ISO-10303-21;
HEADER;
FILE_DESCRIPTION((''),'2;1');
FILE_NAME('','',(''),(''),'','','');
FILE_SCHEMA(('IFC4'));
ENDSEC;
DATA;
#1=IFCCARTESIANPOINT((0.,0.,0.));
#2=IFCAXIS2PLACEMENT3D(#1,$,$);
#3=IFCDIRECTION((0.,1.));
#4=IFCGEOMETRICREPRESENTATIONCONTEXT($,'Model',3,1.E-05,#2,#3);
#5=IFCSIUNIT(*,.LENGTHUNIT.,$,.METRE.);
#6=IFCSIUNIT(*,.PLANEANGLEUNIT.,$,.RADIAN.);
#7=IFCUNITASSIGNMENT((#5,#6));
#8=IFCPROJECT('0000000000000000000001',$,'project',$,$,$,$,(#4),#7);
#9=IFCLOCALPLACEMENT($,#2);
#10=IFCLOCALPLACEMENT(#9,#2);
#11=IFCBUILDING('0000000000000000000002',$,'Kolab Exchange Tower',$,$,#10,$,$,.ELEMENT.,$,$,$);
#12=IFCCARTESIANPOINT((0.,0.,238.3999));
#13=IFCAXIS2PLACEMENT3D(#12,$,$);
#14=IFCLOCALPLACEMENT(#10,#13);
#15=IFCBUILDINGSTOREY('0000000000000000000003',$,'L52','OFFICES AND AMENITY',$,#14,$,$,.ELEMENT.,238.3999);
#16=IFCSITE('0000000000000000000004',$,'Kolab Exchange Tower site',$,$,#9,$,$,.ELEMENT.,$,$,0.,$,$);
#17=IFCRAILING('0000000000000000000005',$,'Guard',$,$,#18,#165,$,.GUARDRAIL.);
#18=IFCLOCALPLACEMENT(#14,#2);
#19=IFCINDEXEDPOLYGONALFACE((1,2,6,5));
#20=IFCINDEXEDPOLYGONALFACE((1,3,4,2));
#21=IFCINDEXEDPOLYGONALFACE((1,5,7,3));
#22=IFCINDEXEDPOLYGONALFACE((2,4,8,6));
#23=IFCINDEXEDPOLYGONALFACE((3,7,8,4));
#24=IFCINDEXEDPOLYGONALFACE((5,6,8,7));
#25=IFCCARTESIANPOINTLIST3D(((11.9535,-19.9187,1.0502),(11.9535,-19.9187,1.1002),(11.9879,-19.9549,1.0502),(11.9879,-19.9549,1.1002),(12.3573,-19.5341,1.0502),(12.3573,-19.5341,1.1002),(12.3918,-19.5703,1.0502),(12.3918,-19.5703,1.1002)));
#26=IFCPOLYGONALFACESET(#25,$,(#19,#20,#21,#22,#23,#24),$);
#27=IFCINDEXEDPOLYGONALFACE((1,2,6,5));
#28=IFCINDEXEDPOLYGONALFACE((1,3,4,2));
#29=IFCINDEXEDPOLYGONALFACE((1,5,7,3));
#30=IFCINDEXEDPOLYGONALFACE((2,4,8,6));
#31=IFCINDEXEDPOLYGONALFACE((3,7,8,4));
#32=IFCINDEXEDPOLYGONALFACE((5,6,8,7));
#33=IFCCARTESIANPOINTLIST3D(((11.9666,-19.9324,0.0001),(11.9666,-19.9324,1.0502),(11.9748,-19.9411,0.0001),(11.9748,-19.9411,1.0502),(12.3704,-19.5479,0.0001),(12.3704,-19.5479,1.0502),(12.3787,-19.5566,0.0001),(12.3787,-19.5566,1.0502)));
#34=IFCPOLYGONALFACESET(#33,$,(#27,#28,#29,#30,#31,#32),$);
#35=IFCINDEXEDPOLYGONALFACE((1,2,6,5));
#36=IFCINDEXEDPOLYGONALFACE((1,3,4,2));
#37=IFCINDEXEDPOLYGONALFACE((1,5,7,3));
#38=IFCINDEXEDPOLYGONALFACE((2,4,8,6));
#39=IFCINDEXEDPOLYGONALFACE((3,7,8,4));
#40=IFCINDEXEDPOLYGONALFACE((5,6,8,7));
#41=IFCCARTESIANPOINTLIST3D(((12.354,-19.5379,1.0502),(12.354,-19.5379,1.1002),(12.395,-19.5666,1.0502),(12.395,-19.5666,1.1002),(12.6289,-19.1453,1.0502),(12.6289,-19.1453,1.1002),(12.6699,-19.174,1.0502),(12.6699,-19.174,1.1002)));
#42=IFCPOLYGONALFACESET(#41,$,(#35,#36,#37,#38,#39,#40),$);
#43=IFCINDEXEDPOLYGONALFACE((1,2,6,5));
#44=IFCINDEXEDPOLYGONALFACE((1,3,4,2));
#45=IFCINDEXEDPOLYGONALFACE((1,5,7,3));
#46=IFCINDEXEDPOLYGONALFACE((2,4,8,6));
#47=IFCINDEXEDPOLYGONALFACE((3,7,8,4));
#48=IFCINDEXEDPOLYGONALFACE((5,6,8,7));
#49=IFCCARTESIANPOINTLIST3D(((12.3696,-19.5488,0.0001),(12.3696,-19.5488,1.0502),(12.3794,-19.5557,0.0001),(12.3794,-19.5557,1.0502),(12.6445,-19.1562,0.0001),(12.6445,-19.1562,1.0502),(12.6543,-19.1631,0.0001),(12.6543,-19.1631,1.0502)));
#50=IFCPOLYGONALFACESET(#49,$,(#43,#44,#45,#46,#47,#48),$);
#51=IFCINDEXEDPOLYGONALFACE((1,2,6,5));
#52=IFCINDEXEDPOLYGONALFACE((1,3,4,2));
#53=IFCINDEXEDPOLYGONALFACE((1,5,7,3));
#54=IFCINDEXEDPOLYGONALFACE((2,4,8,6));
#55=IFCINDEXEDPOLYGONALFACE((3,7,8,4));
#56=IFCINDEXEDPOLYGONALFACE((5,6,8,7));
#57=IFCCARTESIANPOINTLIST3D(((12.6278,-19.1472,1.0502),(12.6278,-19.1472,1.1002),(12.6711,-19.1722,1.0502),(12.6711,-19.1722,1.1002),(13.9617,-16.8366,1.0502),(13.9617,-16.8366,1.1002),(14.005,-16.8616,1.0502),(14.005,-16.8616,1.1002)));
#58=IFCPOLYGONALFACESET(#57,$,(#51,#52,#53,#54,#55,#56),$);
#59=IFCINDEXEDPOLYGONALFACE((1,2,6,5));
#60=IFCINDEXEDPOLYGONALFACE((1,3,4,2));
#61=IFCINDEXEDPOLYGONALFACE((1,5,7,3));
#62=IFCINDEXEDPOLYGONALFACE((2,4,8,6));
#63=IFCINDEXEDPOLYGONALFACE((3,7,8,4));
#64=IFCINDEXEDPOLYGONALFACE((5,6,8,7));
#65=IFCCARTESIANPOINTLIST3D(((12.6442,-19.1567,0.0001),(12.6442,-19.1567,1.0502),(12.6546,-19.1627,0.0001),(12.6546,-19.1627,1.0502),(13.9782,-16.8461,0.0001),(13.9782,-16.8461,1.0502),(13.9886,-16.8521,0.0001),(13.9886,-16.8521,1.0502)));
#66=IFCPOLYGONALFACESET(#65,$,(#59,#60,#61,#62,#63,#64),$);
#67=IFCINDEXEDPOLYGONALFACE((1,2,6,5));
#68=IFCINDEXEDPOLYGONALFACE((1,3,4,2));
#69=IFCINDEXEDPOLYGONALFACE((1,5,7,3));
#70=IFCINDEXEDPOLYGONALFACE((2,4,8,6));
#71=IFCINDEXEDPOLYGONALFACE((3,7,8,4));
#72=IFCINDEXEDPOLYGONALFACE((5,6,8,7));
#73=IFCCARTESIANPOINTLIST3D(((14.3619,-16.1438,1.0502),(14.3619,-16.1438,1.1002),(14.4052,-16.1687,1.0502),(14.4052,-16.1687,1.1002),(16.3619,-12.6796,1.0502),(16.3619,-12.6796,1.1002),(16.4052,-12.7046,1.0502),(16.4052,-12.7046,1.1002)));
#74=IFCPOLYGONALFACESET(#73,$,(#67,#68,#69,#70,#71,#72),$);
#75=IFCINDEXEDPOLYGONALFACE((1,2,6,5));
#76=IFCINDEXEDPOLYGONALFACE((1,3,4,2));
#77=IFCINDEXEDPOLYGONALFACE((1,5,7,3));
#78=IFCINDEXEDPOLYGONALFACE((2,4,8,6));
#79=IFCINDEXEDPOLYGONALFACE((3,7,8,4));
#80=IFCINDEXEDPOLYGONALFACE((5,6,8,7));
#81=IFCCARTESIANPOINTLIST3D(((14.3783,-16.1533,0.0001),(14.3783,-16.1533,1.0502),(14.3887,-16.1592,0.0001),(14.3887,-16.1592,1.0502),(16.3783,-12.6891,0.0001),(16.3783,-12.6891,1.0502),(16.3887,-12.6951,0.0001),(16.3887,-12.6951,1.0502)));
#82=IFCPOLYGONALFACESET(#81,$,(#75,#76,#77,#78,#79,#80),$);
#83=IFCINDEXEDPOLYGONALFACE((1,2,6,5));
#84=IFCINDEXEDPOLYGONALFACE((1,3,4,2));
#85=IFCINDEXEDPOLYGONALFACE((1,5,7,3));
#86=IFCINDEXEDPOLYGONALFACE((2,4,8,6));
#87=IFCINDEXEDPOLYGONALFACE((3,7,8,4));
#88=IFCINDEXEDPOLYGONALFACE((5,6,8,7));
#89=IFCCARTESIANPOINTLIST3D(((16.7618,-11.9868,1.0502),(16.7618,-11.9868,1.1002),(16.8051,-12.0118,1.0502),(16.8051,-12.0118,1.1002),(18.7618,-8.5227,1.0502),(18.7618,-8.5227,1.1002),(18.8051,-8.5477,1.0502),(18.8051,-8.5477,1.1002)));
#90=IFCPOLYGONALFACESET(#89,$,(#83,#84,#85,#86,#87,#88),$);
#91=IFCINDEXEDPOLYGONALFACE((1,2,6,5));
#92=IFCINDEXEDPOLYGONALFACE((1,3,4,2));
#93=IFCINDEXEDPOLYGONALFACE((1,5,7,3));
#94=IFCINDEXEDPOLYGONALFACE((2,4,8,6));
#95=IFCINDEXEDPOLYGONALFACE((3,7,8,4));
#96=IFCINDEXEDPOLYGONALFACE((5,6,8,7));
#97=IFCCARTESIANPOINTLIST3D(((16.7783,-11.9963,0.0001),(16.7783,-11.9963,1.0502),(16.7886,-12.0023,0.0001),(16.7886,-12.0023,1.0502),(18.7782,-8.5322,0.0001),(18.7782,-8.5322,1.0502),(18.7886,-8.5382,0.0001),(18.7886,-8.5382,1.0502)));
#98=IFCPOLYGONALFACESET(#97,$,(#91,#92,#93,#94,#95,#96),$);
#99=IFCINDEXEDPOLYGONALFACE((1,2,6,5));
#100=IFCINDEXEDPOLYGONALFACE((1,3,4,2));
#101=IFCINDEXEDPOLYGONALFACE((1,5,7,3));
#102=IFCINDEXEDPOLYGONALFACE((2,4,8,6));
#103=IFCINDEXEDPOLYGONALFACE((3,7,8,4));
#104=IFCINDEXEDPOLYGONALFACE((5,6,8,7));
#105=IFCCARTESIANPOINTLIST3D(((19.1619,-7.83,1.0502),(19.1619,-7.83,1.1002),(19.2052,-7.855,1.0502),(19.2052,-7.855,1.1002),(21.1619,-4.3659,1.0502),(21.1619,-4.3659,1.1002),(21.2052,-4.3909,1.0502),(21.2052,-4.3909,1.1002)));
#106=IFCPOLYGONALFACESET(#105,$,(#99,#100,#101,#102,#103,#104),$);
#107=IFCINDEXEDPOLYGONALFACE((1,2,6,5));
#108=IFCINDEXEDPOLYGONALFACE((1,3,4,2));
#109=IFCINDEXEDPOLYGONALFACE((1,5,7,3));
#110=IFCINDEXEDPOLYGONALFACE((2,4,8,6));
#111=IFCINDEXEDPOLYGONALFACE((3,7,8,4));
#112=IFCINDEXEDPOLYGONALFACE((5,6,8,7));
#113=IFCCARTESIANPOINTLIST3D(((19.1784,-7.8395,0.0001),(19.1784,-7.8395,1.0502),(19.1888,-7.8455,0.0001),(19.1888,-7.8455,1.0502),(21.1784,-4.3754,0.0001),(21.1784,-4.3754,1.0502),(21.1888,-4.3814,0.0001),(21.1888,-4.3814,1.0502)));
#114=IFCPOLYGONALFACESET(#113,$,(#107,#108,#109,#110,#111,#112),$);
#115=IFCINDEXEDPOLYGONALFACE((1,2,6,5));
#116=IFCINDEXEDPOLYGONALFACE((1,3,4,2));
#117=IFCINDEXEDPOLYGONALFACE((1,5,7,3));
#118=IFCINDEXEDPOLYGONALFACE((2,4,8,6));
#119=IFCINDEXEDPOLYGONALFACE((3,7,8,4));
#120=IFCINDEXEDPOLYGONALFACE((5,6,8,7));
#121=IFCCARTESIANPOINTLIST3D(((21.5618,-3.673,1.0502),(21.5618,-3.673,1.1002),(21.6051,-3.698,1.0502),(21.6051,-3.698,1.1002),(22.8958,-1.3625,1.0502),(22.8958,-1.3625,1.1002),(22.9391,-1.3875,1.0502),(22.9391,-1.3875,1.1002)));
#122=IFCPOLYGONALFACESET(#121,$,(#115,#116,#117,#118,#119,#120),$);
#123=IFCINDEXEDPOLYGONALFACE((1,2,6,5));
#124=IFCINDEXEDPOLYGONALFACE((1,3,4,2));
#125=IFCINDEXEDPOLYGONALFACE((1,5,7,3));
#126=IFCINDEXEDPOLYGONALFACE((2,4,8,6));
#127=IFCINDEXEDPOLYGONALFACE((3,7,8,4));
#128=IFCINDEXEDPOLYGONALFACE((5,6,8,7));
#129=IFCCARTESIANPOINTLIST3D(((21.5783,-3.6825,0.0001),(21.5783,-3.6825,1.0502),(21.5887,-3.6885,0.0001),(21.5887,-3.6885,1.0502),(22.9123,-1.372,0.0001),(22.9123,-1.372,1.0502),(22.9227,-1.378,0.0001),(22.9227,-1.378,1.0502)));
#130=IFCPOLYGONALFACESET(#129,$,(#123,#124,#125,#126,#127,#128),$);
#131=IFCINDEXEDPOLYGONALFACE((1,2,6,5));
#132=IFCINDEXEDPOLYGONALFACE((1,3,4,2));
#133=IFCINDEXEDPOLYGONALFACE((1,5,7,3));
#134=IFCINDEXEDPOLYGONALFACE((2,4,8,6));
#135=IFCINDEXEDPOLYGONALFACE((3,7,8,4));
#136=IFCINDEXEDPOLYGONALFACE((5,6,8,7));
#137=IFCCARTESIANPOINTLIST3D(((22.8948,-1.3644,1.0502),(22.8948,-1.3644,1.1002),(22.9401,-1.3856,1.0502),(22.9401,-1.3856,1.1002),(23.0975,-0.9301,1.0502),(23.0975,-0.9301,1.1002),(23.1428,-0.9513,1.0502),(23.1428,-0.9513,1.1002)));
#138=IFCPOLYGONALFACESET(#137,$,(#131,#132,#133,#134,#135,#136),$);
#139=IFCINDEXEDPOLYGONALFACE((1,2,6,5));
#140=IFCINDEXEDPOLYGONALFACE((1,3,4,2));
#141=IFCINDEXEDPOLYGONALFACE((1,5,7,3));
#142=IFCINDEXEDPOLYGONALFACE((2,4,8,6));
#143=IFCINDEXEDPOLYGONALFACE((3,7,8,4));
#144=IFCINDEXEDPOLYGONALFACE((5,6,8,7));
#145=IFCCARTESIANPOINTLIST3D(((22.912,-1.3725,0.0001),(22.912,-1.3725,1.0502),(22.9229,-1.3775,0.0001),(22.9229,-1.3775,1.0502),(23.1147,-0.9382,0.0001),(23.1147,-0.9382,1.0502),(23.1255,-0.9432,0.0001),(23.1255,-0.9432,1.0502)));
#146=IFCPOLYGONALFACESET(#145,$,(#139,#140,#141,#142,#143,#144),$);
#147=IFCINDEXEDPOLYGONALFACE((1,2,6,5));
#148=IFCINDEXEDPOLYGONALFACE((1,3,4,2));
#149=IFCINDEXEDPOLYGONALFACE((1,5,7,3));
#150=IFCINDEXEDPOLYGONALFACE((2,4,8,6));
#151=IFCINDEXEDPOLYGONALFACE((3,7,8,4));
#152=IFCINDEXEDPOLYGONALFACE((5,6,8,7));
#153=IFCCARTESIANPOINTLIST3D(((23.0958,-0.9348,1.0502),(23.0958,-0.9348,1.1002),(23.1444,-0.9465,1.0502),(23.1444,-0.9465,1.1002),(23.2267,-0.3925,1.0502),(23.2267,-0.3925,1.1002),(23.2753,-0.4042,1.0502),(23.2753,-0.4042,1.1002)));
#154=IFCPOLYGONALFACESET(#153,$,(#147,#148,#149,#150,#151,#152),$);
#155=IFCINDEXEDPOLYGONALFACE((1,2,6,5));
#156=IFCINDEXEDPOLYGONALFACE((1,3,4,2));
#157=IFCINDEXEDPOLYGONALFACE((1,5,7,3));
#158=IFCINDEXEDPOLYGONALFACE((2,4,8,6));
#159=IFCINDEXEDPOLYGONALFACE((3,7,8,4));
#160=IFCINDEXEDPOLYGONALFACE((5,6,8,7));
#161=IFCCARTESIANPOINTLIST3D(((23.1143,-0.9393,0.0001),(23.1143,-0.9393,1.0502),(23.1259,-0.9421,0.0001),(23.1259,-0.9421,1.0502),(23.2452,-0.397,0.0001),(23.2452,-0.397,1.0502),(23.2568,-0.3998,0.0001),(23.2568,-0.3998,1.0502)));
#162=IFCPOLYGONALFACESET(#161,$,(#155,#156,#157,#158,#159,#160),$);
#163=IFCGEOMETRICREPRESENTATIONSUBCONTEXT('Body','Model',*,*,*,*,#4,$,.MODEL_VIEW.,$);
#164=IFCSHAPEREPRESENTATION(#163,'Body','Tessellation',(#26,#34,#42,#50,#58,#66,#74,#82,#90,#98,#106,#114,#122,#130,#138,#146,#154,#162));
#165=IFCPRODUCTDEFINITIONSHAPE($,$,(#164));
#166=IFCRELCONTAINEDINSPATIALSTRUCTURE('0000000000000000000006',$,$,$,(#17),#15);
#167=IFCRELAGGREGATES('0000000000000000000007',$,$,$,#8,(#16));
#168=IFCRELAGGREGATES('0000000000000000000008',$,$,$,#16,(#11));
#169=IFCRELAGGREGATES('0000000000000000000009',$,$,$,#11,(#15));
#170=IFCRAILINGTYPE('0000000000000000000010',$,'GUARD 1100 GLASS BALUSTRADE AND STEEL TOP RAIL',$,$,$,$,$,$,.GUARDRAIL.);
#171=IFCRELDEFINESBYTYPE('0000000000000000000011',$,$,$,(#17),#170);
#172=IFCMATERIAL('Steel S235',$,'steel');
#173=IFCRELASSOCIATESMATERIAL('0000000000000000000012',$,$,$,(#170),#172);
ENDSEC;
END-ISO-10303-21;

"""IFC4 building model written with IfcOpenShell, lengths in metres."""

from ifc_helpers import new_model, si_unit, direction, frame, frame_2d, origin, origin_2d, place, context, subcontext, project, spatial, rectangle, extrude, material, type_object, element, save


model = new_model("IFC4")

# Units and contexts
model_context = context("Model", 3, precision=1e-05, world=origin(), true_north=direction((0.0, 1.0)))
body_context = subcontext(model_context, "Body", "Model", "MODEL_VIEW")
ifc_project = project(units=[si_unit("LENGTHUNIT", "METRE"), si_unit("PLANEANGLEUNIT", "RADIAN")], contexts=[model_context])

# Site, building, storey
site_placement = place(None, origin())
site = spatial("IfcSite", under=ifc_project, at=site_placement, Name="Kolab Exchange Tower site", CompositionType="ELEMENT", RefElevation=0.0)
building_placement = place(site_placement, origin())
building = spatial("IfcBuilding", under=site, at=building_placement, Name="Kolab Exchange Tower", CompositionType="ELEMENT")
storey_placement = place(building_placement, frame((0.0, 0.0, 238.3999)))
storey = spatial("IfcBuildingStorey", under=building, at=storey_placement, Name="L52", Description="OFFICES AND AMENITY", CompositionType="ELEMENT", Elevation=238.3999)

# Railing
ifc_material_1 = material(Name="Steel S235", Category="steel")
railing_type = type_object("IfcRailingType", Name="GUARD 1100 GLASS BALUSTRADE AND STEEL TOP RAIL", PredefinedType="GUARDRAIL", material=ifc_material_1)
railing_placement = place(storey_placement, frame((11.9707, -19.9368, 0.0)))
element("IfcRailing", 1, at=railing_placement, inside=storey, type_object=railing_type, Name="Guard", PredefinedType="GUARDRAIL", context=body_context, shape_type="SweptSolid", body=[
    extrude(rectangle(XDim=0.05, YDim=0.05, at=origin_2d()), frame((0.0, 0.0, 1.0752), z_axis=(0.72419, 0.689601, 0.0), x_axis=(-0.689601, 0.72419, 0.0)), (0.0, 0.0, 1.0), 0.5576),
    extrude(rectangle(XDim=0.012, YDim=1.0501, at=frame_2d((0.0, 0.5251))), frame((0.0, 0.0, 0.0), z_axis=(0.72419, 0.689601, 0.0), x_axis=(-0.689601, 0.72419, 0.0)), (0.0, 0.0, 1.0), 0.5576),
    extrude(rectangle(XDim=0.05, YDim=0.05, at=origin_2d()), frame((0.4038, 0.3845, 1.0752), z_axis=(0.573599, 0.819136, 0.0), x_axis=(-0.819136, 0.573599, 0.0)), (0.0, 0.0, 1.0), 0.4792),
    extrude(rectangle(XDim=0.012, YDim=1.0501, at=frame_2d((0.0, 0.5251))), frame((0.4038, 0.3845, 0.0), z_axis=(0.573599, 0.819136, 0.0), x_axis=(-0.819136, 0.573599, 0.0)), (0.0, 0.0, 1.0), 0.4792),
    extrude(rectangle(XDim=0.05, YDim=0.05, at=origin_2d()), frame((0.6787, 0.7771, 1.0752), z_axis=(0.499997, 0.866027, 0.0), x_axis=(-0.866027, 0.499997, 0.0)), (0.0, 0.0, 1.0), 2.668),
    extrude(rectangle(XDim=0.012, YDim=1.0501, at=frame_2d((0.0, 0.5251))), frame((0.6787, 0.7771, 0.0), z_axis=(0.499997, 0.866027, 0.0), x_axis=(-0.866027, 0.499997, 0.0)), (0.0, 0.0, 1.0), 2.668),
    extrude(rectangle(XDim=0.05, YDim=0.05, at=origin_2d()), frame((2.4128, 3.7805, 1.0752), z_axis=(0.499999, 0.866026, 0.0), x_axis=(-0.866026, 0.499999, 0.0)), (0.0, 0.0, 1.0), 4.0),
    extrude(rectangle(XDim=0.012, YDim=1.0501, at=frame_2d((0.0, 0.5251))), frame((2.4128, 3.7805, 0.0), z_axis=(0.499999, 0.866026, 0.0), x_axis=(-0.866026, 0.499999, 0.0)), (0.0, 0.0, 1.0), 4.0),
    extrude(rectangle(XDim=0.05, YDim=0.05, at=origin_2d()), frame((4.8127, 7.9375, 1.0752), z_axis=(0.499999, 0.866026, 0.0), x_axis=(-0.866026, 0.499999, 0.0)), (0.0, 0.0, 1.0), 4.0),
    extrude(rectangle(XDim=0.012, YDim=1.0501, at=frame_2d((0.0, 0.5251))), frame((4.8127, 7.9375, 0.0), z_axis=(0.499999, 0.866026, 0.0), x_axis=(-0.866026, 0.499999, 0.0)), (0.0, 0.0, 1.0), 4.0),
    extrude(rectangle(XDim=0.05, YDim=0.05, at=origin_2d()), frame((7.2129, 12.0942, 1.0752), z_axis=(0.499999, 0.866026, 0.0), x_axis=(-0.866026, 0.499999, 0.0)), (0.0, 0.0, 1.0), 4.0),
    extrude(rectangle(XDim=0.012, YDim=1.0501, at=frame_2d((0.0, 0.5251))), frame((7.2129, 12.0942, 0.0), z_axis=(0.499999, 0.866026, 0.0), x_axis=(-0.866026, 0.499999, 0.0)), (0.0, 0.0, 1.0), 4.0),
    extrude(rectangle(XDim=0.05, YDim=0.05, at=origin_2d()), frame((9.6128, 16.2512, 1.0752), z_axis=(0.499997, 0.866027, 0.0), x_axis=(-0.866027, 0.499997, 0.0)), (0.0, 0.0, 1.0), 2.668),
    extrude(rectangle(XDim=0.012, YDim=1.0501, at=frame_2d((0.0, 0.5251))), frame((9.6128, 16.2512, 0.0), z_axis=(0.499997, 0.866027, 0.0), x_axis=(-0.866027, 0.499997, 0.0)), (0.0, 0.0, 1.0), 2.668),
    extrude(rectangle(XDim=0.05, YDim=0.05, at=origin_2d()), frame((10.9468, 18.5618, 1.0752), z_axis=(0.422802, 0.906222, 0.0), x_axis=(-0.906222, 0.422802, 0.0)), (0.0, 0.0, 1.0), 0.4792),
    extrude(rectangle(XDim=0.012, YDim=1.0501, at=frame_2d((0.0, 0.5251))), frame((10.9468, 18.5618, 0.0), z_axis=(0.422802, 0.906222, 0.0), x_axis=(-0.906222, 0.422802, 0.0)), (0.0, 0.0, 1.0), 0.4792),
    extrude(rectangle(XDim=0.05, YDim=0.05, at=origin_2d()), frame((11.1494, 18.9961, 1.0752), z_axis=(0.234598, 0.972093, 0.0), x_axis=(-0.972093, 0.234598, 0.0)), (0.0, 0.0, 1.0), 0.5579),
    extrude(rectangle(XDim=0.012, YDim=1.0501, at=frame_2d((0.0, 0.5251))), frame((11.1494, 18.9961, 0.0), z_axis=(0.234598, 0.972093, 0.0), x_axis=(-0.972093, 0.234598, 0.0)), (0.0, 0.0, 1.0), 0.5579),
])

save(model, "model.ifc")
